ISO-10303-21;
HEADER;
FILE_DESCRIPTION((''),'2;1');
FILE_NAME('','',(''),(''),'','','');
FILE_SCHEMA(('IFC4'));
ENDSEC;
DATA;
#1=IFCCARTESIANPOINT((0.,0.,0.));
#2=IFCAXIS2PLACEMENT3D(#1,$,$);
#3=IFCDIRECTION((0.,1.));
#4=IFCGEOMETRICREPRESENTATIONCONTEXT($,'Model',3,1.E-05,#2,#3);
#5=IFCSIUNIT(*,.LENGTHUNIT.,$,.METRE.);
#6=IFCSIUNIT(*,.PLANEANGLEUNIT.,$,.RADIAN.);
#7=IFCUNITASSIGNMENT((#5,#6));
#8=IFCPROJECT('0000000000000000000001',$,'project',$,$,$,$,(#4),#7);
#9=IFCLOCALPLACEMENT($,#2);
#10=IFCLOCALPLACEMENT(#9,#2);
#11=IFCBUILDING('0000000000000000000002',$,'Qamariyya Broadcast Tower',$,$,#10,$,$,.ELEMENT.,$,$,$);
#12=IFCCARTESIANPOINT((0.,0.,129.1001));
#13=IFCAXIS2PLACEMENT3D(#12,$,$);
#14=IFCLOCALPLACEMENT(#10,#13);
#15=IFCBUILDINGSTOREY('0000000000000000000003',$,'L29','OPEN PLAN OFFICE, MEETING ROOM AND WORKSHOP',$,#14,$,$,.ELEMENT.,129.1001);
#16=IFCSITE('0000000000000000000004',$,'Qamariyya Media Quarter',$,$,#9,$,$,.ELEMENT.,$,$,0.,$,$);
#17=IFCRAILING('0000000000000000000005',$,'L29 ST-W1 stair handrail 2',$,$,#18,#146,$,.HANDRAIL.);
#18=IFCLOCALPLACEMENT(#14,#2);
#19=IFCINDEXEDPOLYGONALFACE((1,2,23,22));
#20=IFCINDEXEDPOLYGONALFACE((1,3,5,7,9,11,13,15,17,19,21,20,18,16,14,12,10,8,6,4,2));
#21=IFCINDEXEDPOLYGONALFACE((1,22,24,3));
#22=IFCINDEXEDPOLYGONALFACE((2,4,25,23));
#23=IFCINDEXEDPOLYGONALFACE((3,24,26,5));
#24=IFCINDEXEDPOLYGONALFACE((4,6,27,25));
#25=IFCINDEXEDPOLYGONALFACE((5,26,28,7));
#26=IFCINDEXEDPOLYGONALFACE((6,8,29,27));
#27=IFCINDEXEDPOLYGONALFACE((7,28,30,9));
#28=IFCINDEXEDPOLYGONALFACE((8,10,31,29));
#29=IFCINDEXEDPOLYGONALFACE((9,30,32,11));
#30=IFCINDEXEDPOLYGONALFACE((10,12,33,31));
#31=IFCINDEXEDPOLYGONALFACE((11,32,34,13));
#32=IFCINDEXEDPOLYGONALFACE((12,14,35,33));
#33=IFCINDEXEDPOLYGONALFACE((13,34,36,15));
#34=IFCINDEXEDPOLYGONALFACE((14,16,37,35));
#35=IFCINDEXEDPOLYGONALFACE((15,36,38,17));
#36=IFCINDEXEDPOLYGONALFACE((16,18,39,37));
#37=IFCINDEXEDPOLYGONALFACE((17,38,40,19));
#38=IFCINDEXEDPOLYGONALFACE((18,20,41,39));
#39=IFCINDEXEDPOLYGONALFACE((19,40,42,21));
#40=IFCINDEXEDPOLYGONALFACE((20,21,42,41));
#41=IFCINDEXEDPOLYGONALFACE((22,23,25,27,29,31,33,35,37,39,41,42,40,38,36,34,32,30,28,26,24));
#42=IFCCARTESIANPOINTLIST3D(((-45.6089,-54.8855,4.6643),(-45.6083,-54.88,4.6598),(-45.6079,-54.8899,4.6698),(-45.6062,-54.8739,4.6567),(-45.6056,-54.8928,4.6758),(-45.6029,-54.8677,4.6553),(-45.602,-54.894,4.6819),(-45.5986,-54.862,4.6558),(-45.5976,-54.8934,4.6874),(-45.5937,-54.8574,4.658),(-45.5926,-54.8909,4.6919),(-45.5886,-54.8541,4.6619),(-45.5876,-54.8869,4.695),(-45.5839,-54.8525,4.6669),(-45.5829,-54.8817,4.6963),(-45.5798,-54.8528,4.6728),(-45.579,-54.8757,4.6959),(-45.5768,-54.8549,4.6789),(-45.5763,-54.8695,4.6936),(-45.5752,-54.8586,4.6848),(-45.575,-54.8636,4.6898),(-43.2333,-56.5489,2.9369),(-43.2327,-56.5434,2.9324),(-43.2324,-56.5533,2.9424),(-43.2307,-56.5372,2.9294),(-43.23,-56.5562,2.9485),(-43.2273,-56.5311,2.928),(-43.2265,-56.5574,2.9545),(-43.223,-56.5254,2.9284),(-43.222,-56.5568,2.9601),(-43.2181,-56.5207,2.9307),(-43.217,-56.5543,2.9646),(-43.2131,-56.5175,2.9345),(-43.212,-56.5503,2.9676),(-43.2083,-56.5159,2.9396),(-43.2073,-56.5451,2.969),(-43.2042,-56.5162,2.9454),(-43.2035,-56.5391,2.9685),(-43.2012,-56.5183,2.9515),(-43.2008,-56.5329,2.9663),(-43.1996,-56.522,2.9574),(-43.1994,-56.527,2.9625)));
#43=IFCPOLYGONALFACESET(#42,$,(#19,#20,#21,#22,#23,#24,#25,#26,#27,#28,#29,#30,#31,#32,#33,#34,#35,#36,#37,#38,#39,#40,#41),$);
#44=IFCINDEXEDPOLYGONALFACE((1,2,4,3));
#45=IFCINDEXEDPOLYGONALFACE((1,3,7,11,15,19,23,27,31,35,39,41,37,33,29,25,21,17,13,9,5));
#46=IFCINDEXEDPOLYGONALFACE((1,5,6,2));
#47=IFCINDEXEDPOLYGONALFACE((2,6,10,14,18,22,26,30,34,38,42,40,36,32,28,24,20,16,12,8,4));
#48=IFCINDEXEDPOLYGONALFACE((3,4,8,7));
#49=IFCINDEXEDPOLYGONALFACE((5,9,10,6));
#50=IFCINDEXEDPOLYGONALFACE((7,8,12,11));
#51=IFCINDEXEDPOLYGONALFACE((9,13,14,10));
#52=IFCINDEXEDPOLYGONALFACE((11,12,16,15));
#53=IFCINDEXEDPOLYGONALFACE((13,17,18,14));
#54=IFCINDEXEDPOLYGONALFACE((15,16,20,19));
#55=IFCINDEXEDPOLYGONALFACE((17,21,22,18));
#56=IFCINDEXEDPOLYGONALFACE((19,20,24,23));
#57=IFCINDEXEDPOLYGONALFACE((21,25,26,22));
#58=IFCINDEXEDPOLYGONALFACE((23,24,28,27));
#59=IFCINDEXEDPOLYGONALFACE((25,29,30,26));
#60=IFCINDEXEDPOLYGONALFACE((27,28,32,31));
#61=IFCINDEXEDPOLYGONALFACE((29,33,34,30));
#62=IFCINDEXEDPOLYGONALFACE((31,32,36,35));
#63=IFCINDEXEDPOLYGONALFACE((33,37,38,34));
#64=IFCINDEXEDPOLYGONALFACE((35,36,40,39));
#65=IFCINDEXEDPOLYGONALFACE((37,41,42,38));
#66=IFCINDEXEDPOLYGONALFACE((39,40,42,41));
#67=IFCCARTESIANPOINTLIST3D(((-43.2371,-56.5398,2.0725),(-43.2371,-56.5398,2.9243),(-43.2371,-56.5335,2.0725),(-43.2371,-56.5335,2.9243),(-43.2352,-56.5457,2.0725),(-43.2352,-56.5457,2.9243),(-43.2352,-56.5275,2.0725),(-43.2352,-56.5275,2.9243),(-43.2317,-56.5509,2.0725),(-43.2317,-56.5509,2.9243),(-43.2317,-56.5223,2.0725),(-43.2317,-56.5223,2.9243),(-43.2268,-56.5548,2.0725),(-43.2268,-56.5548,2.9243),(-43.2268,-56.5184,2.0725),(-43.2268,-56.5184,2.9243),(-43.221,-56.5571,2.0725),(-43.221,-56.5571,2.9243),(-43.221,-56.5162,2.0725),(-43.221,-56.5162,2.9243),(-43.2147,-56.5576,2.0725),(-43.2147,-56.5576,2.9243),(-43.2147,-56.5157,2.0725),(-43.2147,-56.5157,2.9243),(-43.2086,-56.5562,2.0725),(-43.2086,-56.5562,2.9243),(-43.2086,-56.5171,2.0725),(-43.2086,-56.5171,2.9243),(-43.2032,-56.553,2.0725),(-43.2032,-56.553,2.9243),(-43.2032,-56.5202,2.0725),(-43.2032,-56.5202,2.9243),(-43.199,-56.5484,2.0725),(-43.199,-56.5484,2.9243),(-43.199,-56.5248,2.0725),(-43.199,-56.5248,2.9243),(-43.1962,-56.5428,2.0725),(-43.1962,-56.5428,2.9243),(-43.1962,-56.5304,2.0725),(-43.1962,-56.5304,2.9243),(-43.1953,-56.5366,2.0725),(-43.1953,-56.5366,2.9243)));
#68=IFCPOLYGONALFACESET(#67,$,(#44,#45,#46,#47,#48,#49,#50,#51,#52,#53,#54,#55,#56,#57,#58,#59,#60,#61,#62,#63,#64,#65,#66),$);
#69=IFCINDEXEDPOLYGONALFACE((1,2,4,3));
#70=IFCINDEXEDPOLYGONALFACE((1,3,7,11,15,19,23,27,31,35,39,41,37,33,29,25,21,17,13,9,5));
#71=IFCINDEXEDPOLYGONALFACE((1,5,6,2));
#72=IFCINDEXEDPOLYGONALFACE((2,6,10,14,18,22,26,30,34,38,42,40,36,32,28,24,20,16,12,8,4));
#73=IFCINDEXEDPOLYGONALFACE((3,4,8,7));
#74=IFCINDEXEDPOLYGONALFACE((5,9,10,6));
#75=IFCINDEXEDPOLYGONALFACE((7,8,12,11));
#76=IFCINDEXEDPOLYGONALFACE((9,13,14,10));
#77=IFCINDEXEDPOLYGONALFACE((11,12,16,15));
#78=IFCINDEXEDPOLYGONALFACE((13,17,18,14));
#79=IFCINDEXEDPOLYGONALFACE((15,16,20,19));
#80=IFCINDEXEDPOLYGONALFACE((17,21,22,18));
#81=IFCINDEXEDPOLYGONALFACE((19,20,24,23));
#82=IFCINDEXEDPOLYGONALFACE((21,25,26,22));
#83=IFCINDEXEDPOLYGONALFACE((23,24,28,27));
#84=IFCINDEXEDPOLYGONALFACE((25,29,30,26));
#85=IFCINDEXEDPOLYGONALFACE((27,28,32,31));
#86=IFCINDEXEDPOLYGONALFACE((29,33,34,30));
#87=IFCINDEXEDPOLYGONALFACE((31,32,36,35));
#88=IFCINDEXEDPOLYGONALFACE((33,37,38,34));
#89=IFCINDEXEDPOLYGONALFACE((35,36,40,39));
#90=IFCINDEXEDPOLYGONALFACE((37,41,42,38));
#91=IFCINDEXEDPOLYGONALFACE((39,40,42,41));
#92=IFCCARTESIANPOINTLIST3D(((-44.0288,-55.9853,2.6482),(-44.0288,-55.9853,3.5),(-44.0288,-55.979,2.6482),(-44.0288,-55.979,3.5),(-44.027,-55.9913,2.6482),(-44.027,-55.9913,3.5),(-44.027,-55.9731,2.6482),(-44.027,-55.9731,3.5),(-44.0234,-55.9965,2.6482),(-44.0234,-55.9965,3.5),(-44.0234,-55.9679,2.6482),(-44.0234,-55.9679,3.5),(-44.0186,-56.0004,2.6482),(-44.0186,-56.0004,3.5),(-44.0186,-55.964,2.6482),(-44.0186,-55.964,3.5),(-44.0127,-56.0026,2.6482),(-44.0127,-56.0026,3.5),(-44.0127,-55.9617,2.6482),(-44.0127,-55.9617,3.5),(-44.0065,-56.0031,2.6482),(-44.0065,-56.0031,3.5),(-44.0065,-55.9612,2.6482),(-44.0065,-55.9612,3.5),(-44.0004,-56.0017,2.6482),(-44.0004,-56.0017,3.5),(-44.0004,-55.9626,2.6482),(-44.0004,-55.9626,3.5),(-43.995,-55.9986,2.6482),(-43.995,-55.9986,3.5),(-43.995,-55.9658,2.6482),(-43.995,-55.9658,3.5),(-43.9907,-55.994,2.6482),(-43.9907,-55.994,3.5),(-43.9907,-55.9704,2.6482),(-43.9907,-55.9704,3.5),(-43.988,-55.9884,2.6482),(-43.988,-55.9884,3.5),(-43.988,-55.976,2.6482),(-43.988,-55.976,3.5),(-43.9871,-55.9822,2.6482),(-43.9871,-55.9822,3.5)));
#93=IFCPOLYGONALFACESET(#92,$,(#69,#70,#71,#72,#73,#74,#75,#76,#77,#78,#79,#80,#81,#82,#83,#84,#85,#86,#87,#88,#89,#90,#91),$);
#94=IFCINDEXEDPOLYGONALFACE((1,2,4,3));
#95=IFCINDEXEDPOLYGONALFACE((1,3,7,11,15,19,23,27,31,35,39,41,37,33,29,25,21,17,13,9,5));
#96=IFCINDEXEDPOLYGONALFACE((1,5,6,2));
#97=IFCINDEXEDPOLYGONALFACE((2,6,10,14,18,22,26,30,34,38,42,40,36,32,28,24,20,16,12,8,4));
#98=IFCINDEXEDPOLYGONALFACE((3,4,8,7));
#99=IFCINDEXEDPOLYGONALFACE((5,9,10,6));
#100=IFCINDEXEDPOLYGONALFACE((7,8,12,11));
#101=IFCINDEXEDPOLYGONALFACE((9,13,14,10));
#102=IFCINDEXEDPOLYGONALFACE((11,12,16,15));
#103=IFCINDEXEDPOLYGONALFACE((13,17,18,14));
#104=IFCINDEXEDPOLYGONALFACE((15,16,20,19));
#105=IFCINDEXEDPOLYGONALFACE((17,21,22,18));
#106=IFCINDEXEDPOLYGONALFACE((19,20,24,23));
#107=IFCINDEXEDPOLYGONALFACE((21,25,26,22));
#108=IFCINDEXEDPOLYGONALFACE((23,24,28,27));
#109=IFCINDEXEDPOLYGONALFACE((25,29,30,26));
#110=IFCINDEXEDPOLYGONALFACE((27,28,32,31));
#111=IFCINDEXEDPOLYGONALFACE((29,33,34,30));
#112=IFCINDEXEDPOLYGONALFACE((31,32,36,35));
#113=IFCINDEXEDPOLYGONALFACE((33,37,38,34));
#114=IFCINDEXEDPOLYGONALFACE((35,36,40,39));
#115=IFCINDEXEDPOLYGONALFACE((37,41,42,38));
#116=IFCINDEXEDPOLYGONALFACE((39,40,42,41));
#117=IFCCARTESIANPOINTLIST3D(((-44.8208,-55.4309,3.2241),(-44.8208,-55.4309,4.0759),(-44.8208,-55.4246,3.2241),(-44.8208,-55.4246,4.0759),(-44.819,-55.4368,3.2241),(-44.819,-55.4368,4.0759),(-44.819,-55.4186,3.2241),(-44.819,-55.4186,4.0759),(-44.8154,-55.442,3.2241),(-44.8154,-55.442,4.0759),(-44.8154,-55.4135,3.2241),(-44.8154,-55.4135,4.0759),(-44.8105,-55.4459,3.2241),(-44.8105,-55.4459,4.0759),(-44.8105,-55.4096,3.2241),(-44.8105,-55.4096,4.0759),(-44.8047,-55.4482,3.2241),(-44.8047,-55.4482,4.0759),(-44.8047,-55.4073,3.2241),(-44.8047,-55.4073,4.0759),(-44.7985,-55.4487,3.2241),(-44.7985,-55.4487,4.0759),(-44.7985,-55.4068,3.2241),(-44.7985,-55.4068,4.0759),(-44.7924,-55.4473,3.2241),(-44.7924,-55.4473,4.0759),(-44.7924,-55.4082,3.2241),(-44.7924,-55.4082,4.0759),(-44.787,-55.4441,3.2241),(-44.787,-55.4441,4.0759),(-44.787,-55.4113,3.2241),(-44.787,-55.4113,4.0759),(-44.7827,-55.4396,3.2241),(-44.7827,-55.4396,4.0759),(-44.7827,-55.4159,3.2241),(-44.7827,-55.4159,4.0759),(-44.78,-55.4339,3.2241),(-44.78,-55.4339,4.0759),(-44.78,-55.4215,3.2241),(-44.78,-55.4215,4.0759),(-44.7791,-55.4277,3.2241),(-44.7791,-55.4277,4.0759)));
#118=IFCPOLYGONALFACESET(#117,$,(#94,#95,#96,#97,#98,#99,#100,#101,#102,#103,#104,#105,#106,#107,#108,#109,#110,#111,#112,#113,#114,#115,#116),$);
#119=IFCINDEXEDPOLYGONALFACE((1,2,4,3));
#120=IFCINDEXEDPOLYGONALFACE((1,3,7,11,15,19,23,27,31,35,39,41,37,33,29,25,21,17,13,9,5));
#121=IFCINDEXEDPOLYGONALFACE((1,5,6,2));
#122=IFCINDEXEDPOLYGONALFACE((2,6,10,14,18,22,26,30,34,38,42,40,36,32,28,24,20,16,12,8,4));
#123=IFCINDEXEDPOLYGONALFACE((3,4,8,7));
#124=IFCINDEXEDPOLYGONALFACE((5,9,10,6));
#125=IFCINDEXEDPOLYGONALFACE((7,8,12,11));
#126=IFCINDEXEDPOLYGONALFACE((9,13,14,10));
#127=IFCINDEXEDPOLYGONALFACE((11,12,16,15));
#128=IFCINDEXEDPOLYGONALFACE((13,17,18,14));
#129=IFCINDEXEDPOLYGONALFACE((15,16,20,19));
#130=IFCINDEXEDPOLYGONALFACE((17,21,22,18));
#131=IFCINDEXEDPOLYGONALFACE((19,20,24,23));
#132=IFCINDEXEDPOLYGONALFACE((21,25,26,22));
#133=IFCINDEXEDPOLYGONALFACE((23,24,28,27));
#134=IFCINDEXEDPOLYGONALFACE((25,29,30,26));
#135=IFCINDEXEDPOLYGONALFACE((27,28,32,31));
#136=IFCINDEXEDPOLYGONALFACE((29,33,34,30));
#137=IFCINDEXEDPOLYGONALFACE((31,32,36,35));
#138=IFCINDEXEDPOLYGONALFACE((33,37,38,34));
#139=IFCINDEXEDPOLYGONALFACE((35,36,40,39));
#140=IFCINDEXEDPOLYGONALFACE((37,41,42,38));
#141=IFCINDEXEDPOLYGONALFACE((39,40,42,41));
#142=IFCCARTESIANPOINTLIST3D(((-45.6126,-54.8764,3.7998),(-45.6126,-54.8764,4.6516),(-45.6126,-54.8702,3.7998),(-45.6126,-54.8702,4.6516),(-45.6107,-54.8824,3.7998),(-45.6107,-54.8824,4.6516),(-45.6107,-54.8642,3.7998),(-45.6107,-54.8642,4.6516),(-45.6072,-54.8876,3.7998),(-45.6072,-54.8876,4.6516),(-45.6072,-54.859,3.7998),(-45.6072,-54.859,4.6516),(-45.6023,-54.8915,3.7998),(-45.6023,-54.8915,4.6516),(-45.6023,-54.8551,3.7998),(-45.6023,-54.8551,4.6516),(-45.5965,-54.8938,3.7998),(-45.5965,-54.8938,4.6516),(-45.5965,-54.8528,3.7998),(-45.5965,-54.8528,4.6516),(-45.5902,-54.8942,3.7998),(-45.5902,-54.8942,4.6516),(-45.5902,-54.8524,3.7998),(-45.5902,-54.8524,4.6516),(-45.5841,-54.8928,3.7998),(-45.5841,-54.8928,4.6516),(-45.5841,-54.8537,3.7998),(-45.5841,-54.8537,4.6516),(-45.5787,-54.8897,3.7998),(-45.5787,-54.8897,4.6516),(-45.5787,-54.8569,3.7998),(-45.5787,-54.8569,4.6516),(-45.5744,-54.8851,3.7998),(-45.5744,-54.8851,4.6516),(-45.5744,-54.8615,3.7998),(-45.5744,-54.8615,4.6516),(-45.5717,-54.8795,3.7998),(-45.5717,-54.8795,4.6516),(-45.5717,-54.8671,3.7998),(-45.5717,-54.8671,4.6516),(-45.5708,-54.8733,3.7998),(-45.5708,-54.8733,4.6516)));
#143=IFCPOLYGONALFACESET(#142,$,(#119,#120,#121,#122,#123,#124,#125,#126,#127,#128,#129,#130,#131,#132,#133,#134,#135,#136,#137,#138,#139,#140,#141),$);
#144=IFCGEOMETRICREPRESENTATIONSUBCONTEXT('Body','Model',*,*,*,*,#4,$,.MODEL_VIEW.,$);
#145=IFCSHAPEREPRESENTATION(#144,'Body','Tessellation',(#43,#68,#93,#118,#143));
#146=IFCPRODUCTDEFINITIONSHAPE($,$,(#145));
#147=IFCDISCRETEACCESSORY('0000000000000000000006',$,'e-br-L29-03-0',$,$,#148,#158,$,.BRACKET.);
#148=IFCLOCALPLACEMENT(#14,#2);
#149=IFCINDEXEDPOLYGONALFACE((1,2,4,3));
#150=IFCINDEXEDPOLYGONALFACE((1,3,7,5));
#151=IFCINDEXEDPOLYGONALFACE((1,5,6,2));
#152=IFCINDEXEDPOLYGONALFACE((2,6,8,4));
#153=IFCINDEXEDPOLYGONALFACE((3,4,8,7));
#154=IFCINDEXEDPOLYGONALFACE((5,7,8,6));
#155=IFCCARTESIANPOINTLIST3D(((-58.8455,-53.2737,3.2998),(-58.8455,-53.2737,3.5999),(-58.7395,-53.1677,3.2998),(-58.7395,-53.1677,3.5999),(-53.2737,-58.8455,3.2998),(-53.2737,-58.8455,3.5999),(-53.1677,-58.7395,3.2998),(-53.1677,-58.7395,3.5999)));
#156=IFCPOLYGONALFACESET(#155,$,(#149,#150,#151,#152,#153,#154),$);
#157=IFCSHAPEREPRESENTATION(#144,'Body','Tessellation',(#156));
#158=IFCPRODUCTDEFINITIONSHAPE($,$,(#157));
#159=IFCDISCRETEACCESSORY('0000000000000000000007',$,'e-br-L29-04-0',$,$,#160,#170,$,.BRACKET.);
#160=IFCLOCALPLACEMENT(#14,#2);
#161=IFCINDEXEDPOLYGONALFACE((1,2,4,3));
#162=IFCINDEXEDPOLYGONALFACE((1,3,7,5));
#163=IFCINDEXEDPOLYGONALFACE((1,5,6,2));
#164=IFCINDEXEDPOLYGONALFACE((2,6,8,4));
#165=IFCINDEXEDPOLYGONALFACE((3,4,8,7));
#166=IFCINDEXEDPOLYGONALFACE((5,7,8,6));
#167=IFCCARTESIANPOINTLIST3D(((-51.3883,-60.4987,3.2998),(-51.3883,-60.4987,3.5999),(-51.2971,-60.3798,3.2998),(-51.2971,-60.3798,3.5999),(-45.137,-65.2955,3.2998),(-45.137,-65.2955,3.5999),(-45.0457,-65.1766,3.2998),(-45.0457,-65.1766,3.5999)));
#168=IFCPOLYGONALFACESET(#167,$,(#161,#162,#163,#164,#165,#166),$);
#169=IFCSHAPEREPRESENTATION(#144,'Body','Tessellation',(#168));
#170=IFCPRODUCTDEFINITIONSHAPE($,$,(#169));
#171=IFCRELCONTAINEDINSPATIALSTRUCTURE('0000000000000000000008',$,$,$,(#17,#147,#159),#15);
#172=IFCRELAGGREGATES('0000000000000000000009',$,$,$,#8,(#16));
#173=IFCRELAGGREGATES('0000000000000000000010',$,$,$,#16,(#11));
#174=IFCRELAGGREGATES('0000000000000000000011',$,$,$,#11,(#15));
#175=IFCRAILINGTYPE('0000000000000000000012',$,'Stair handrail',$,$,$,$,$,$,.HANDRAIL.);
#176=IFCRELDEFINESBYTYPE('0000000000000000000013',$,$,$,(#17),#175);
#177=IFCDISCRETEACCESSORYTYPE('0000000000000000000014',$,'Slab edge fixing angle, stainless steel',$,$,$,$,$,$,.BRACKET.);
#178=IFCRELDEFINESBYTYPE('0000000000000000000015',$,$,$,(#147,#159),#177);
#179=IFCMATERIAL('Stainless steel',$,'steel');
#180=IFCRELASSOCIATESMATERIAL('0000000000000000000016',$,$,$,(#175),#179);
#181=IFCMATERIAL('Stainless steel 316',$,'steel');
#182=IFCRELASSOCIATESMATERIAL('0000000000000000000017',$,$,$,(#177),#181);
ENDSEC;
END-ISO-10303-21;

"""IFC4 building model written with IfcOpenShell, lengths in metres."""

from ifc_helpers import new_model, si_unit, direction, frame, origin, origin_2d, place, context, subcontext, project, spatial, rectangle, circle, extrude, material, type_object, element, save


model = new_model("IFC4")

# Units and contexts
model_context = context("Model", 3, precision=1e-05, world=origin(), true_north=direction((0.0, 1.0)))
body_context = subcontext(model_context, "Body", "Model", "MODEL_VIEW")
ifc_project = project(units=[si_unit("LENGTHUNIT", "METRE"), si_unit("PLANEANGLEUNIT", "RADIAN")], contexts=[model_context])

# Site, building, storey
site_placement = place(None, origin())
site = spatial("IfcSite", under=ifc_project, at=site_placement, Name="Qamariyya Media Quarter", CompositionType="ELEMENT", RefElevation=0.0)
building_placement = place(site_placement, origin())
building = spatial("IfcBuilding", under=site, at=building_placement, Name="Qamariyya Broadcast Tower", CompositionType="ELEMENT")
storey_placement = place(building_placement, frame((0.0, 0.0, 129.1001)))
storey = spatial("IfcBuildingStorey", under=building, at=storey_placement, Name="L29", Description="OPEN PLAN OFFICE, MEETING ROOM AND WORKSHOP", CompositionType="ELEMENT", Elevation=129.1001)

# Railing
ifc_material_1 = material(Name="Stainless steel", Category="steel")
railing_type_1 = type_object("IfcRailingType", Name="Stair handrail", PredefinedType="HANDRAIL", material=ifc_material_1)
railing_1_placement = place(storey_placement, frame((-43.2163, -56.5366, 2.0725)))
element("IfcRailing", 1, at=railing_1_placement, inside=storey, type_object=railing_type_1, Name="L29 ST-W1 stair handrail 2", PredefinedType="HANDRAIL", context=body_context, shape_type="SweptSolid", body=[
    extrude(circle(Radius=0.0239, at=origin_2d()), frame((0.0, 0.0, 0.876), z_axis=(-0.70377, 0.492784, 0.511734), x_axis=(-0.573575, -0.819153, 0.0)), (0.0, 0.0, 1.0), 3.3755),
    extrude(circle(Radius=0.021, at=origin_2d()), origin(), (0.0, 0.0, 1.0), 0.8518),
    extrude(circle(Radius=0.021, at=origin_2d()), frame((-0.7917, 0.5544, 0.5757)), (0.0, 0.0, 1.0), 0.8518),
    extrude(circle(Radius=0.021, at=origin_2d()), frame((-1.5837, 1.1089, 1.1516)), (0.0, 0.0, 1.0), 0.8518),
    extrude(circle(Radius=0.021, at=origin_2d()), frame((-2.3755, 1.6633, 1.7273)), (0.0, 0.0, 1.0), 0.8518),
])

# Discrete accessories
ifc_material_2 = material(Name="Stainless steel 316", Category="steel")
discrete_accessory_type = type_object("IfcDiscreteAccessoryType", Name="Slab edge fixing angle, stainless steel", PredefinedType="BRACKET", material=ifc_material_2)
for number, where, z_axis, x_axis, name in (
    (2, (-56.0066, -56.0066, 3.2998), (0.0, 0.0, 1.0), (0.707107, -0.707107, 0.0), "e-br-L29-03-0"),
    (3, (-48.217, -62.8376, 3.2998), (0.0, 0.0, 1.0), (0.793353, -0.608761, 0.0), "e-br-L29-04-0"),
):
    element("IfcDiscreteAccessory", number, at=place(storey_placement, frame(where, z_axis=z_axis, x_axis=x_axis)), inside=storey, type_object=discrete_accessory_type, Name=name, PredefinedType="BRACKET", context=body_context, shape_type="SweptSolid", body=[
        extrude(rectangle(XDim=7.8796, YDim=0.1499, at=origin_2d()), origin(), (0.0, 0.0, 1.0), 0.3),
    ])

save(model, "model.ifc")
